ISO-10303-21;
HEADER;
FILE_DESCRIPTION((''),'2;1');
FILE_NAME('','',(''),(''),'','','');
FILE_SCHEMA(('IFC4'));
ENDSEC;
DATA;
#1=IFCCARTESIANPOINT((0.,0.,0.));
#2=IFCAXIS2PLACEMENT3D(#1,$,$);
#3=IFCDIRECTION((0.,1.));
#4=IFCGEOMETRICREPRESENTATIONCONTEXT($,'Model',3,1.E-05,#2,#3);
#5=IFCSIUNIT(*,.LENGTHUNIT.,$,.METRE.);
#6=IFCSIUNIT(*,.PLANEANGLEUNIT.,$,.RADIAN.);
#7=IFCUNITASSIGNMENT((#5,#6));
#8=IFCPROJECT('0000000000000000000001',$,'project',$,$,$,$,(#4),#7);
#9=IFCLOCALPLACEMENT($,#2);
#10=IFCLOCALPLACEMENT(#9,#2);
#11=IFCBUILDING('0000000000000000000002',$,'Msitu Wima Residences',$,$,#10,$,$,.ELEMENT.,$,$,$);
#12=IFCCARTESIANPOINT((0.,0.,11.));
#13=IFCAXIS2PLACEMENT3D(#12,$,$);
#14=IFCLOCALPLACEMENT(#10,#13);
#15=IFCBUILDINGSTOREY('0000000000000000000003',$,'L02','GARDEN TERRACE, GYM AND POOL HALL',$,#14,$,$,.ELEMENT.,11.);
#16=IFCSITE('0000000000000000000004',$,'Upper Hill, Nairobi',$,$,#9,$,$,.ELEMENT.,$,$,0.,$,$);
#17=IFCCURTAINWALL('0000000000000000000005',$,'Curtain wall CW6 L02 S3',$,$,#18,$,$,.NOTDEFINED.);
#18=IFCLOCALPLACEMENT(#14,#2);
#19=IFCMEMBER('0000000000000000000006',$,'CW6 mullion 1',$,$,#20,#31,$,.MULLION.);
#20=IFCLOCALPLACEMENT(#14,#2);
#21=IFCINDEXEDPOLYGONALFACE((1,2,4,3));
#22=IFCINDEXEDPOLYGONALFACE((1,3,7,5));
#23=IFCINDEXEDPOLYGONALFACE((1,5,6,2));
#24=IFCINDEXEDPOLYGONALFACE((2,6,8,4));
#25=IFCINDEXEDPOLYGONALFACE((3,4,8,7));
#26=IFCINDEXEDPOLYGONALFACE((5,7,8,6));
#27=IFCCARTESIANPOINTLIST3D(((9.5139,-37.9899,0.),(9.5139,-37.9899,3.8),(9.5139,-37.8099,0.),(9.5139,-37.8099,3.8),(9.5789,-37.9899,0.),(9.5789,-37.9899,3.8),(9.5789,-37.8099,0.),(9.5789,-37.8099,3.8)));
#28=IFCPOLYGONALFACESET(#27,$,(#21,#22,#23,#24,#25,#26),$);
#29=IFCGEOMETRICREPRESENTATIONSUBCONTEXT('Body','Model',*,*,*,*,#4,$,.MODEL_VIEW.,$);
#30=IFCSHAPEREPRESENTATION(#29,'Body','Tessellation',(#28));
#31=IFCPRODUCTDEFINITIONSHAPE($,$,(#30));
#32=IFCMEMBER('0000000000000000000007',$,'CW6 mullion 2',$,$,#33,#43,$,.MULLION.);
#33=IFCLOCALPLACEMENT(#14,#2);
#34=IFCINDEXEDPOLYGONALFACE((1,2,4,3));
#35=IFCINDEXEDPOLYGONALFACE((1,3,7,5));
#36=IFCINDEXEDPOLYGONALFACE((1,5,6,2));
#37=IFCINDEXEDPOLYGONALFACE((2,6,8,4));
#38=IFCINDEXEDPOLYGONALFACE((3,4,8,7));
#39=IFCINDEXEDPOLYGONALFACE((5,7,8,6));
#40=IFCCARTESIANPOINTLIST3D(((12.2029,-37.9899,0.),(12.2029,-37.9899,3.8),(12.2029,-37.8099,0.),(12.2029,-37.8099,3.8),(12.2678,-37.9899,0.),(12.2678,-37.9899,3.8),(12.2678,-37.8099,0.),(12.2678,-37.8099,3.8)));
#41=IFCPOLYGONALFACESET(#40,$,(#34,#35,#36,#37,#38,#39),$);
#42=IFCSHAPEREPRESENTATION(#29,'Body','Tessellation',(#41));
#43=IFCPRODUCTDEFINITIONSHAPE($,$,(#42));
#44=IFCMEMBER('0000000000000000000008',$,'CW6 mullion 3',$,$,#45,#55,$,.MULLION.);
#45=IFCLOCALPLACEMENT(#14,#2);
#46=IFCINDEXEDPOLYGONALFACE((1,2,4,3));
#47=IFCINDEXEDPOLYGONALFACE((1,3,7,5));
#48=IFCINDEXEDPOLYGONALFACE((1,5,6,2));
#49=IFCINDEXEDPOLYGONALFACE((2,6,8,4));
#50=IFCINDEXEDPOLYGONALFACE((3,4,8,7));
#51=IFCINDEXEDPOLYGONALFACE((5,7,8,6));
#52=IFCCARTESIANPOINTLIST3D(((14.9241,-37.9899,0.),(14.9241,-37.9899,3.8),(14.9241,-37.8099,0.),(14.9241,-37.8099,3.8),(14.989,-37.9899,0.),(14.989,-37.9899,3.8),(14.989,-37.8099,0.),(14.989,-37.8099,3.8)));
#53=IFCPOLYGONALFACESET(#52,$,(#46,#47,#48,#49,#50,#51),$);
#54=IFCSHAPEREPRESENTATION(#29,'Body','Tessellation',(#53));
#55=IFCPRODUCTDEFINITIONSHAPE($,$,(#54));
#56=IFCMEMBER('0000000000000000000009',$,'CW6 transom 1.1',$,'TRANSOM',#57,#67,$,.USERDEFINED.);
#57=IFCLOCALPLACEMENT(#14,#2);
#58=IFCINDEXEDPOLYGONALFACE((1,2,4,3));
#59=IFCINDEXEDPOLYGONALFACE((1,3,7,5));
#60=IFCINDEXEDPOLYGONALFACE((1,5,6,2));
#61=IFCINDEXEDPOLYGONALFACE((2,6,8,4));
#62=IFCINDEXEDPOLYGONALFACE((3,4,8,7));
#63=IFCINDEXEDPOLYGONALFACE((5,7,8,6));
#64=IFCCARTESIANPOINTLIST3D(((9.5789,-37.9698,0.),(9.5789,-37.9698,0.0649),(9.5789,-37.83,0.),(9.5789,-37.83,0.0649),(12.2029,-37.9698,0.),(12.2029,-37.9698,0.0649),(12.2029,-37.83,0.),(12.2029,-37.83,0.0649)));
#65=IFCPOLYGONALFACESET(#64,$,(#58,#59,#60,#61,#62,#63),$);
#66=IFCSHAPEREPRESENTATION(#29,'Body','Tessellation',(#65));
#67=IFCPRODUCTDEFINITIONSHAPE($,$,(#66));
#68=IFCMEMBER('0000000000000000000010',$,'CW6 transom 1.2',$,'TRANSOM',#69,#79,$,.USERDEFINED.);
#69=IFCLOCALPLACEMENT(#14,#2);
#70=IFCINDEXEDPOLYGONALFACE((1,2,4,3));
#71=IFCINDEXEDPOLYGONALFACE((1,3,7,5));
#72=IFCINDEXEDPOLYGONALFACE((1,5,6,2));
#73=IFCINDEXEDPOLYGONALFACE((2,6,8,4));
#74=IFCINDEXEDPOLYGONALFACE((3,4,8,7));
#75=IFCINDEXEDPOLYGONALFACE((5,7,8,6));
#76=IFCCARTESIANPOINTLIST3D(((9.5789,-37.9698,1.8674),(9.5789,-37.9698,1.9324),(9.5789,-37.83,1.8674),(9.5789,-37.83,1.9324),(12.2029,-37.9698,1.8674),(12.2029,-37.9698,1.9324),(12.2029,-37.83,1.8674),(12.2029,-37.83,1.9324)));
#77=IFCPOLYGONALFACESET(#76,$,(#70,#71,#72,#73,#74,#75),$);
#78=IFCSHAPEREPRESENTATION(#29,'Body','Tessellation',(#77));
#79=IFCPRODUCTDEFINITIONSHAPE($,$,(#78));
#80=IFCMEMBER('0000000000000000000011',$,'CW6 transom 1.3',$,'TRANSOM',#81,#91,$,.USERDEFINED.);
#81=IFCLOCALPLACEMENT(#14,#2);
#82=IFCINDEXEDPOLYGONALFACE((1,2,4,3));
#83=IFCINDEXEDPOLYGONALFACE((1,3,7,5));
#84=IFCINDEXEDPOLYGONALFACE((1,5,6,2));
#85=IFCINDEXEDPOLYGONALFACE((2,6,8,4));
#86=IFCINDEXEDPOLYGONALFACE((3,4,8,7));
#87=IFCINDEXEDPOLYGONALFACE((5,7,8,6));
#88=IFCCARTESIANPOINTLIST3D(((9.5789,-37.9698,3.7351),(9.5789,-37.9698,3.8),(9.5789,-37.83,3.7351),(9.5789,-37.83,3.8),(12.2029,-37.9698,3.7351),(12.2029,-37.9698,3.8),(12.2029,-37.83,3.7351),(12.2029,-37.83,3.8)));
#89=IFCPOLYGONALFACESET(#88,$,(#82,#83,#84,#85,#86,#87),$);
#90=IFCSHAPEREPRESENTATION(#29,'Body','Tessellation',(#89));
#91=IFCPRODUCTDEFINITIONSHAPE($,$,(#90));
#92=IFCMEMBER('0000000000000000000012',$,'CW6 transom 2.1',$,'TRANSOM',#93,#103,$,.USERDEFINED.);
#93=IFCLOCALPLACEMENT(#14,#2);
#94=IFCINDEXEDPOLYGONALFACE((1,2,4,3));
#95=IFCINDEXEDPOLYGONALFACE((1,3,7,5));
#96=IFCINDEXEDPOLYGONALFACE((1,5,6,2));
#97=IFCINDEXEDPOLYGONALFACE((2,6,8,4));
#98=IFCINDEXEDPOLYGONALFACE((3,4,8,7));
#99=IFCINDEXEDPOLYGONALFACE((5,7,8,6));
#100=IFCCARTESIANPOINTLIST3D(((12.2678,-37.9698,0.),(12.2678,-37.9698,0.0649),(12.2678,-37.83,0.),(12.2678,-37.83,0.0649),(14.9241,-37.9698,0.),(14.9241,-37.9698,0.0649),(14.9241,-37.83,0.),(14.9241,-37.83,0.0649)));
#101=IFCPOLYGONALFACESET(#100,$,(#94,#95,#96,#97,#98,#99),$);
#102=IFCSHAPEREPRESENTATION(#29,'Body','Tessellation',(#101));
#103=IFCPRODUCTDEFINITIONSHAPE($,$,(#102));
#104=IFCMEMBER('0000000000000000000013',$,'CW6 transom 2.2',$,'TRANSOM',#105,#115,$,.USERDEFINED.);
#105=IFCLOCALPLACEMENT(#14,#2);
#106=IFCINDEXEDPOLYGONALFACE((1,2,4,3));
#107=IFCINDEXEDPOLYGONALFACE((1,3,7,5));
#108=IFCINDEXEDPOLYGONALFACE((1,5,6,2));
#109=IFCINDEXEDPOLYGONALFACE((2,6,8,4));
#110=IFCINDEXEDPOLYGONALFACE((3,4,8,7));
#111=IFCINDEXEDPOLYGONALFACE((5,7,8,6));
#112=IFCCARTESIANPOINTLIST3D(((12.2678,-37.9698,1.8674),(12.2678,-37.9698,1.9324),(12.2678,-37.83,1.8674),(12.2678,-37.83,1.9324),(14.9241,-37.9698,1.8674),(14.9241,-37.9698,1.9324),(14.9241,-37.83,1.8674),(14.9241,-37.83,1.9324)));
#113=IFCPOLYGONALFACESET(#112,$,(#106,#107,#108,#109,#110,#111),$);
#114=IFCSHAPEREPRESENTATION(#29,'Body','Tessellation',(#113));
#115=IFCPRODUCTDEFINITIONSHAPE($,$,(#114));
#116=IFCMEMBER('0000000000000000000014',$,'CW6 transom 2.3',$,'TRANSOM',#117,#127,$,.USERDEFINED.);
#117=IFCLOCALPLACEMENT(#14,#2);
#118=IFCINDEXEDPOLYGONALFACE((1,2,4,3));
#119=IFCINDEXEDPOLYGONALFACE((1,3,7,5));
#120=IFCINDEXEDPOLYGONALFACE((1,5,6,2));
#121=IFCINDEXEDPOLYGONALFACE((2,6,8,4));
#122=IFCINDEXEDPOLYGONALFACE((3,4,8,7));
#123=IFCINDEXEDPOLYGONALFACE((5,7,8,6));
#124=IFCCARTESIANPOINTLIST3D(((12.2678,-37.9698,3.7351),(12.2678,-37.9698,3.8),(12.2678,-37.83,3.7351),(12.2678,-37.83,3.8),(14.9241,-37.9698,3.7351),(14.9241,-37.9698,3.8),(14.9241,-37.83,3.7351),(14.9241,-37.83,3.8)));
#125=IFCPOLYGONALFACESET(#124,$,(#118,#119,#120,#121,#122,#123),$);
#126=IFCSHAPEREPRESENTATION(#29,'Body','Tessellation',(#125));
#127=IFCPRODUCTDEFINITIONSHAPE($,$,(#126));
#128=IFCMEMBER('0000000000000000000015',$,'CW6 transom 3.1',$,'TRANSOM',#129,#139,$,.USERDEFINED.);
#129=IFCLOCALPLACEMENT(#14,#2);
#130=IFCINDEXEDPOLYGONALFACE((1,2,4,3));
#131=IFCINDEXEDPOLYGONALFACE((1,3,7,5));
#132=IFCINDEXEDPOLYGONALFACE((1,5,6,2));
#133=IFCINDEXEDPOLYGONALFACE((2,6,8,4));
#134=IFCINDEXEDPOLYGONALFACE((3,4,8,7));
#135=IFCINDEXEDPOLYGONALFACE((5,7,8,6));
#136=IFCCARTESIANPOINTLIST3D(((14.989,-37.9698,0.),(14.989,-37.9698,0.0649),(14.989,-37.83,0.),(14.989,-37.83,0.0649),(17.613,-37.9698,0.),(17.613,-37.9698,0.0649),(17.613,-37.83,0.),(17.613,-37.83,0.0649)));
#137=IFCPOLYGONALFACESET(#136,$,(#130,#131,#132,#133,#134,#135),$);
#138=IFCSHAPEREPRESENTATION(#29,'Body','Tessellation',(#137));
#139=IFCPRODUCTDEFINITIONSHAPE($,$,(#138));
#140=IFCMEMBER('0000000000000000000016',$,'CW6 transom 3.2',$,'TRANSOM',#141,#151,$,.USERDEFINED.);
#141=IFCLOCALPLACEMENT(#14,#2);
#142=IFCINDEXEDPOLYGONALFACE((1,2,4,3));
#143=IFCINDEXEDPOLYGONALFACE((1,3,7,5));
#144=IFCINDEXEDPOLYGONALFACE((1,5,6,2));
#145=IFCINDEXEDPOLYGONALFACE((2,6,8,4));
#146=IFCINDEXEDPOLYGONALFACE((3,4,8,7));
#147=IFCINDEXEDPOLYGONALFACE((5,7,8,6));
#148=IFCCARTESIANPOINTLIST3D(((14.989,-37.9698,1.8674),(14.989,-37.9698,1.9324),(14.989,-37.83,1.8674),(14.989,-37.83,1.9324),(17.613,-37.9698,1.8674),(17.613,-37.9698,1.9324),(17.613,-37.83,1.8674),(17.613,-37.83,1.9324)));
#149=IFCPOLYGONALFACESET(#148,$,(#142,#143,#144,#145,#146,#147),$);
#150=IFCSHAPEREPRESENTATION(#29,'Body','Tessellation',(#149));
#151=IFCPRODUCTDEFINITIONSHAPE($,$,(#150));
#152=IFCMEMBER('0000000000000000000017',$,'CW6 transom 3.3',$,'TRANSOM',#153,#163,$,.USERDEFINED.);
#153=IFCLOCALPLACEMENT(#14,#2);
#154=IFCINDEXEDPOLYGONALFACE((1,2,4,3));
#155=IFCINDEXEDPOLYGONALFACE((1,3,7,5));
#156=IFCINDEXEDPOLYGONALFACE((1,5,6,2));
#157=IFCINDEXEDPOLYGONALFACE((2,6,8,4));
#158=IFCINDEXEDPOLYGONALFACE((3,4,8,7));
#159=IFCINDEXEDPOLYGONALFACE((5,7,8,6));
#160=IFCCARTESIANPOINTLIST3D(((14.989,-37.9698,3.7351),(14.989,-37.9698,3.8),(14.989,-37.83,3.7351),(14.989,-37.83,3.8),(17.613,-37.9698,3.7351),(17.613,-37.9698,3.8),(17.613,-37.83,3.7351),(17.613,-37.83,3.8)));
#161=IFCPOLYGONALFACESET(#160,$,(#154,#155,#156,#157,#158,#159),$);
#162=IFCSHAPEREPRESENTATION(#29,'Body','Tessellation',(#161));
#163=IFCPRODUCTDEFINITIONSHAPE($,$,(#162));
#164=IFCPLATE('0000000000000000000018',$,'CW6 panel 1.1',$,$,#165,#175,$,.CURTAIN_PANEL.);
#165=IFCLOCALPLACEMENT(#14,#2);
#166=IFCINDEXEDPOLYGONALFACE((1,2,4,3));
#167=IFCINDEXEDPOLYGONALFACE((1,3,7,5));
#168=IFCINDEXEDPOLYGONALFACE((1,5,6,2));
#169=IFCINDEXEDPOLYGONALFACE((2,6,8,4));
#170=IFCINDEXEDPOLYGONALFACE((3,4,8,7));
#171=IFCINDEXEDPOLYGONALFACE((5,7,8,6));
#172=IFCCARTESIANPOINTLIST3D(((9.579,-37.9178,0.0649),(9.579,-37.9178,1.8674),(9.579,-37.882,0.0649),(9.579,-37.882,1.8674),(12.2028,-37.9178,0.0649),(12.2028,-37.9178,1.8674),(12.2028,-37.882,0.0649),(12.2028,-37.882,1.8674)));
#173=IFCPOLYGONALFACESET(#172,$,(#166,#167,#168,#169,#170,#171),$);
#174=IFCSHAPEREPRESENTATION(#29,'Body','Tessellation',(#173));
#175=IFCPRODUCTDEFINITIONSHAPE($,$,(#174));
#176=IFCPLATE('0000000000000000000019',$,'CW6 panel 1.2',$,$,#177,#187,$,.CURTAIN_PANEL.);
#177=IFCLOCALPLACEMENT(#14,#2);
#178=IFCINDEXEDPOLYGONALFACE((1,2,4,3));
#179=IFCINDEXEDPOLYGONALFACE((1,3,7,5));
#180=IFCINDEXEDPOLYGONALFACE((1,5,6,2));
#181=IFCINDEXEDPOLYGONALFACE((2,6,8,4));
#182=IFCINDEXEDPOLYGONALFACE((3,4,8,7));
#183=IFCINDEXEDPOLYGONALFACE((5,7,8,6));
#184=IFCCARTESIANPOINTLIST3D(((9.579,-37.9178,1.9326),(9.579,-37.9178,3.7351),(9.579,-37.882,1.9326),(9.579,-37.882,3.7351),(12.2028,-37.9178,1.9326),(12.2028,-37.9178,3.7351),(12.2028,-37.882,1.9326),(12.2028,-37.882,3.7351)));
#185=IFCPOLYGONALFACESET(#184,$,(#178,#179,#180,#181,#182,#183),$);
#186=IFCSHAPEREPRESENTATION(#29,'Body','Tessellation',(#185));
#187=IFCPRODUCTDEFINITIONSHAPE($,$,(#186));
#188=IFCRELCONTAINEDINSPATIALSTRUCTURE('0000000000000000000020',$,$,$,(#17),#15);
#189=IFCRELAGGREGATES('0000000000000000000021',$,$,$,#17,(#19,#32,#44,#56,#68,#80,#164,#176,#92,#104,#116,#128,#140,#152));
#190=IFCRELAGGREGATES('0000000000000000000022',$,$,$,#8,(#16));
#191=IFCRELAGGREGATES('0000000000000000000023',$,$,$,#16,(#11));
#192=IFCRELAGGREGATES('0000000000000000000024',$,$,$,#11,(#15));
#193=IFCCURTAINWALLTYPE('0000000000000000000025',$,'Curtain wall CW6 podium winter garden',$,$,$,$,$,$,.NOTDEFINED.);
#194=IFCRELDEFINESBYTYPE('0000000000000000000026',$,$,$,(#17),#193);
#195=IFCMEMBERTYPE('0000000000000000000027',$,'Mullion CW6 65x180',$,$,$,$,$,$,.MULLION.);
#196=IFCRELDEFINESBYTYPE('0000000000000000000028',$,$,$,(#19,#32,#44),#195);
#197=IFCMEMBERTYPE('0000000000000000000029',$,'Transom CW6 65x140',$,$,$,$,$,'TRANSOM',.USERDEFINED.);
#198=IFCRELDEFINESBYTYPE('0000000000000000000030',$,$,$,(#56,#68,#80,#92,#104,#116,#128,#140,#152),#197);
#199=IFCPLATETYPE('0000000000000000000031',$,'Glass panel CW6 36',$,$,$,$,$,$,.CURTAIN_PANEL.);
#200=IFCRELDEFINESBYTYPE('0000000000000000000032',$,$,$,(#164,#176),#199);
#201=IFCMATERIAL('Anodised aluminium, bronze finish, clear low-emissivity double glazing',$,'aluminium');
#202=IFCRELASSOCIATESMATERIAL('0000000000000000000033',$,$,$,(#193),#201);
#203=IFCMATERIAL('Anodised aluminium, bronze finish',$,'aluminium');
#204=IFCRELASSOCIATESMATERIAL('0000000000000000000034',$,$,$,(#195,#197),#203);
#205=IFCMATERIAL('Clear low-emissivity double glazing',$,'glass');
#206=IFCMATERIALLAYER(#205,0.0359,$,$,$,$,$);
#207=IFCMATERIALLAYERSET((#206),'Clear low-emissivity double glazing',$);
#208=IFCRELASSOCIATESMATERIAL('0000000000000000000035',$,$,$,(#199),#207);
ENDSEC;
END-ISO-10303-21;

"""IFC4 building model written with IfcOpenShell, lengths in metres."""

from ifc_helpers import new_model, si_unit, direction, frame, origin, origin_2d, place, context, subcontext, project, spatial, rectangle, extrude, material, layer, layer_set, material_profile, profile_set, type_object, element, aggregate, save


model = new_model("IFC4")

# Units and contexts
model_context = context("Model", 3, precision=1e-05, world=origin(), true_north=direction((0.0, 1.0)))
body_context = subcontext(model_context, "Body", "Model", "MODEL_VIEW")
ifc_project = project(units=[si_unit("LENGTHUNIT", "METRE"), si_unit("PLANEANGLEUNIT", "RADIAN")], contexts=[model_context])

# Site, building, storey
site_placement = place(None, origin())
site = spatial("IfcSite", under=ifc_project, at=site_placement, Name="Upper Hill, Nairobi", CompositionType="ELEMENT", RefElevation=0.0)
building_placement = place(site_placement, origin())
building = spatial("IfcBuilding", under=site, at=building_placement, Name="Msitu Wima Residences", CompositionType="ELEMENT")
storey_placement = place(building_placement, frame((0.0, 0.0, 11.0)))
storey = spatial("IfcBuildingStorey", under=building, at=storey_placement, Name="L02", Description="GARDEN TERRACE, GYM AND POOL HALL", CompositionType="ELEMENT", Elevation=11.0)

# Curtain wall, members, plates
ifc_material_1 = material(Name="Anodised aluminium, bronze finish, clear low-emissivity double glazing", Category="aluminium")
curtain_wall_type = type_object("IfcCurtainWallType", Name="Curtain wall CW6 podium winter garden", PredefinedType="NOTDEFINED", material=ifc_material_1)
curtain_wall_placement = place(storey_placement, origin())
curtain_wall = element("IfcCurtainWall", 1, at=curtain_wall_placement, inside=storey, type_object=curtain_wall_type, Name="Curtain wall CW6 L02 S3", PredefinedType="NOTDEFINED")
ifc_material_2 = material(Name="Anodised aluminium, bronze finish", Category="aluminium")
ifc_material_profile_1 = material_profile(ifc_material_2, rectangle(XDim=0.1799, YDim=0.0649, at=origin_2d()), Name="Mullion 65x180")
ifc_profile_set_1 = profile_set([ifc_material_profile_1], Name="Anodised aluminium, bronze finish")
member_type_1 = type_object("IfcMemberType", Name="Mullion CW6 65x180", PredefinedType="MULLION", material=ifc_profile_set_1)
member_1_placement = place(storey_placement, frame((9.5464, -37.8999, 0.0), z_axis=(0.0, 0.0, 1.0), x_axis=(0.0, 1.0, 0.0)))
member_1 = element("IfcMember", 2, at=member_1_placement, type_object=member_type_1, Name="CW6 mullion 1", PredefinedType="MULLION", context=body_context, shape_type="SweptSolid", body=[
    extrude(rectangle(XDim=0.1799, YDim=0.0649, at=origin_2d()), origin(), (0.0, 0.0, 1.0), 3.8),
])
member_2_placement = place(storey_placement, frame((12.2354, -37.8999, 0.0), z_axis=(0.0, 0.0, 1.0), x_axis=(0.0, 1.0, 0.0)))
member_2 = element("IfcMember", 3, at=member_2_placement, type_object=member_type_1, Name="CW6 mullion 2", PredefinedType="MULLION", context=body_context, shape_type="SweptSolid", body=[
    extrude(rectangle(XDim=0.1799, YDim=0.0649, at=origin_2d()), origin(), (0.0, 0.0, 1.0), 3.8),
])
member_3_placement = place(storey_placement, frame((14.9565, -37.8999, 0.0), z_axis=(0.0, 0.0, 1.0), x_axis=(0.0, 1.0, 0.0)))
member_3 = element("IfcMember", 4, at=member_3_placement, type_object=member_type_1, Name="CW6 mullion 3", PredefinedType="MULLION", context=body_context, shape_type="SweptSolid", body=[
    extrude(rectangle(XDim=0.1799, YDim=0.0649, at=origin_2d()), origin(), (0.0, 0.0, 1.0), 3.8),
])
ifc_material_profile_2 = material_profile(ifc_material_2, rectangle(XDim=0.1399, YDim=0.0649, at=origin_2d()), Name="Transom 65x140")
ifc_profile_set_2 = profile_set([ifc_material_profile_2], Name="Anodised aluminium, bronze finish")
member_type_2 = type_object("IfcMemberType", Name="Transom CW6 65x140", ElementType="TRANSOM", PredefinedType="USERDEFINED", material=ifc_profile_set_2)
member_4_placement = place(storey_placement, frame((9.5789, -37.8999, 0.0325), z_axis=(1.0, 0.0, 0.0), x_axis=(0.0, 1.0, 0.0)))
member_4 = element("IfcMember", 5, at=member_4_placement, type_object=member_type_2, Name="CW6 transom 1.1", ObjectType="TRANSOM", PredefinedType="USERDEFINED", context=body_context, shape_type="SweptSolid", body=[
    extrude(rectangle(XDim=0.1399, YDim=0.0649, at=origin_2d()), origin(), (0.0, 0.0, 1.0), 2.624),
])
member_5_placement = place(storey_placement, frame((9.5789, -37.8999, 1.8999), z_axis=(1.0, 0.0, 0.0), x_axis=(0.0, 1.0, 0.0)))
member_5 = element("IfcMember", 6, at=member_5_placement, type_object=member_type_2, Name="CW6 transom 1.2", ObjectType="TRANSOM", PredefinedType="USERDEFINED", context=body_context, shape_type="SweptSolid", body=[
    extrude(rectangle(XDim=0.1399, YDim=0.0649, at=origin_2d()), origin(), (0.0, 0.0, 1.0), 2.624),
])
member_6_placement = place(storey_placement, frame((9.5789, -37.8999, 3.7676), z_axis=(1.0, 0.0, 0.0), x_axis=(0.0, 1.0, 0.0)))
member_6 = element("IfcMember", 7, at=member_6_placement, type_object=member_type_2, Name="CW6 transom 1.3", ObjectType="TRANSOM", PredefinedType="USERDEFINED", context=body_context, shape_type="SweptSolid", body=[
    extrude(rectangle(XDim=0.1399, YDim=0.0649, at=origin_2d()), origin(), (0.0, 0.0, 1.0), 2.624),
])
member_7_placement = place(storey_placement, frame((12.2678, -37.8999, 0.0325), z_axis=(1.0, 0.0, 0.0), x_axis=(0.0, 1.0, 0.0)))
member_7 = element("IfcMember", 8, at=member_7_placement, type_object=member_type_2, Name="CW6 transom 2.1", ObjectType="TRANSOM", PredefinedType="USERDEFINED", context=body_context, shape_type="SweptSolid", body=[
    extrude(rectangle(XDim=0.1399, YDim=0.0649, at=origin_2d()), origin(), (0.0, 0.0, 1.0), 2.6562),
])
member_8_placement = place(storey_placement, frame((12.2678, -37.8999, 1.8999), z_axis=(1.0, 0.0, 0.0), x_axis=(0.0, 1.0, 0.0)))
member_8 = element("IfcMember", 9, at=member_8_placement, type_object=member_type_2, Name="CW6 transom 2.2", ObjectType="TRANSOM", PredefinedType="USERDEFINED", context=body_context, shape_type="SweptSolid", body=[
    extrude(rectangle(XDim=0.1399, YDim=0.0649, at=origin_2d()), origin(), (0.0, 0.0, 1.0), 2.6562),
])
member_9_placement = place(storey_placement, frame((12.2678, -37.8999, 3.7676), z_axis=(1.0, 0.0, 0.0), x_axis=(0.0, 1.0, 0.0)))
member_9 = element("IfcMember", 10, at=member_9_placement, type_object=member_type_2, Name="CW6 transom 2.3", ObjectType="TRANSOM", PredefinedType="USERDEFINED", context=body_context, shape_type="SweptSolid", body=[
    extrude(rectangle(XDim=0.1399, YDim=0.0649, at=origin_2d()), origin(), (0.0, 0.0, 1.0), 2.6562),
])
member_10_placement = place(storey_placement, frame((14.989, -37.8999, 0.0325), z_axis=(1.0, 0.0, 0.0), x_axis=(0.0, 1.0, 0.0)))
member_10 = element("IfcMember", 11, at=member_10_placement, type_object=member_type_2, Name="CW6 transom 3.1", ObjectType="TRANSOM", PredefinedType="USERDEFINED", context=body_context, shape_type="SweptSolid", body=[
    extrude(rectangle(XDim=0.1399, YDim=0.0649, at=origin_2d()), origin(), (0.0, 0.0, 1.0), 2.624),
])
member_11_placement = place(storey_placement, frame((14.989, -37.8999, 1.8999), z_axis=(1.0, 0.0, 0.0), x_axis=(0.0, 1.0, 0.0)))
member_11 = element("IfcMember", 12, at=member_11_placement, type_object=member_type_2, Name="CW6 transom 3.2", ObjectType="TRANSOM", PredefinedType="USERDEFINED", context=body_context, shape_type="SweptSolid", body=[
    extrude(rectangle(XDim=0.1399, YDim=0.0649, at=origin_2d()), origin(), (0.0, 0.0, 1.0), 2.624),
])
member_12_placement = place(storey_placement, frame((14.989, -37.8999, 3.7676), z_axis=(1.0, 0.0, 0.0), x_axis=(0.0, 1.0, 0.0)))
member_12 = element("IfcMember", 13, at=member_12_placement, type_object=member_type_2, Name="CW6 transom 3.3", ObjectType="TRANSOM", PredefinedType="USERDEFINED", context=body_context, shape_type="SweptSolid", body=[
    extrude(rectangle(XDim=0.1399, YDim=0.0649, at=origin_2d()), origin(), (0.0, 0.0, 1.0), 2.624),
])
ifc_material_3 = material(Name="Clear low-emissivity double glazing", Category="glass")
ifc_layer_1 = layer(ifc_material_3, 0.0359)
ifc_layer_set_1 = layer_set([ifc_layer_1], Name="Clear low-emissivity double glazing")
plate_type = type_object("IfcPlateType", Name="Glass panel CW6 36", PredefinedType="CURTAIN_PANEL", material=ifc_layer_set_1)
plate_1_placement = place(storey_placement, frame((10.8909, -37.8999, 0.0649), z_axis=(0.0, 0.0, 1.0), x_axis=(1.0, 0.0, 0.0)))
plate_1 = element("IfcPlate", 14, at=plate_1_placement, type_object=plate_type, Name="CW6 panel 1.1", PredefinedType="CURTAIN_PANEL", context=body_context, shape_type="SweptSolid", body=[
    extrude(rectangle(XDim=2.6238, YDim=0.0359, at=origin_2d()), origin(), (0.0, 0.0, 1.0), 1.8025),
])
plate_2_placement = place(storey_placement, frame((10.8909, -37.8999, 1.9326), z_axis=(0.0, 0.0, 1.0), x_axis=(1.0, 0.0, 0.0)))
plate_2 = element("IfcPlate", 15, at=plate_2_placement, type_object=plate_type, Name="CW6 panel 1.2", PredefinedType="CURTAIN_PANEL", context=body_context, shape_type="SweptSolid", body=[
    extrude(rectangle(XDim=2.6238, YDim=0.0359, at=origin_2d()), origin(), (0.0, 0.0, 1.0), 1.8025),
])
aggregate(curtain_wall, [member_1, member_2, member_3, member_4, member_5, member_6, plate_1, plate_2, member_7, member_8, member_9, member_10, member_11, member_12])

save(model, "model.ifc")
